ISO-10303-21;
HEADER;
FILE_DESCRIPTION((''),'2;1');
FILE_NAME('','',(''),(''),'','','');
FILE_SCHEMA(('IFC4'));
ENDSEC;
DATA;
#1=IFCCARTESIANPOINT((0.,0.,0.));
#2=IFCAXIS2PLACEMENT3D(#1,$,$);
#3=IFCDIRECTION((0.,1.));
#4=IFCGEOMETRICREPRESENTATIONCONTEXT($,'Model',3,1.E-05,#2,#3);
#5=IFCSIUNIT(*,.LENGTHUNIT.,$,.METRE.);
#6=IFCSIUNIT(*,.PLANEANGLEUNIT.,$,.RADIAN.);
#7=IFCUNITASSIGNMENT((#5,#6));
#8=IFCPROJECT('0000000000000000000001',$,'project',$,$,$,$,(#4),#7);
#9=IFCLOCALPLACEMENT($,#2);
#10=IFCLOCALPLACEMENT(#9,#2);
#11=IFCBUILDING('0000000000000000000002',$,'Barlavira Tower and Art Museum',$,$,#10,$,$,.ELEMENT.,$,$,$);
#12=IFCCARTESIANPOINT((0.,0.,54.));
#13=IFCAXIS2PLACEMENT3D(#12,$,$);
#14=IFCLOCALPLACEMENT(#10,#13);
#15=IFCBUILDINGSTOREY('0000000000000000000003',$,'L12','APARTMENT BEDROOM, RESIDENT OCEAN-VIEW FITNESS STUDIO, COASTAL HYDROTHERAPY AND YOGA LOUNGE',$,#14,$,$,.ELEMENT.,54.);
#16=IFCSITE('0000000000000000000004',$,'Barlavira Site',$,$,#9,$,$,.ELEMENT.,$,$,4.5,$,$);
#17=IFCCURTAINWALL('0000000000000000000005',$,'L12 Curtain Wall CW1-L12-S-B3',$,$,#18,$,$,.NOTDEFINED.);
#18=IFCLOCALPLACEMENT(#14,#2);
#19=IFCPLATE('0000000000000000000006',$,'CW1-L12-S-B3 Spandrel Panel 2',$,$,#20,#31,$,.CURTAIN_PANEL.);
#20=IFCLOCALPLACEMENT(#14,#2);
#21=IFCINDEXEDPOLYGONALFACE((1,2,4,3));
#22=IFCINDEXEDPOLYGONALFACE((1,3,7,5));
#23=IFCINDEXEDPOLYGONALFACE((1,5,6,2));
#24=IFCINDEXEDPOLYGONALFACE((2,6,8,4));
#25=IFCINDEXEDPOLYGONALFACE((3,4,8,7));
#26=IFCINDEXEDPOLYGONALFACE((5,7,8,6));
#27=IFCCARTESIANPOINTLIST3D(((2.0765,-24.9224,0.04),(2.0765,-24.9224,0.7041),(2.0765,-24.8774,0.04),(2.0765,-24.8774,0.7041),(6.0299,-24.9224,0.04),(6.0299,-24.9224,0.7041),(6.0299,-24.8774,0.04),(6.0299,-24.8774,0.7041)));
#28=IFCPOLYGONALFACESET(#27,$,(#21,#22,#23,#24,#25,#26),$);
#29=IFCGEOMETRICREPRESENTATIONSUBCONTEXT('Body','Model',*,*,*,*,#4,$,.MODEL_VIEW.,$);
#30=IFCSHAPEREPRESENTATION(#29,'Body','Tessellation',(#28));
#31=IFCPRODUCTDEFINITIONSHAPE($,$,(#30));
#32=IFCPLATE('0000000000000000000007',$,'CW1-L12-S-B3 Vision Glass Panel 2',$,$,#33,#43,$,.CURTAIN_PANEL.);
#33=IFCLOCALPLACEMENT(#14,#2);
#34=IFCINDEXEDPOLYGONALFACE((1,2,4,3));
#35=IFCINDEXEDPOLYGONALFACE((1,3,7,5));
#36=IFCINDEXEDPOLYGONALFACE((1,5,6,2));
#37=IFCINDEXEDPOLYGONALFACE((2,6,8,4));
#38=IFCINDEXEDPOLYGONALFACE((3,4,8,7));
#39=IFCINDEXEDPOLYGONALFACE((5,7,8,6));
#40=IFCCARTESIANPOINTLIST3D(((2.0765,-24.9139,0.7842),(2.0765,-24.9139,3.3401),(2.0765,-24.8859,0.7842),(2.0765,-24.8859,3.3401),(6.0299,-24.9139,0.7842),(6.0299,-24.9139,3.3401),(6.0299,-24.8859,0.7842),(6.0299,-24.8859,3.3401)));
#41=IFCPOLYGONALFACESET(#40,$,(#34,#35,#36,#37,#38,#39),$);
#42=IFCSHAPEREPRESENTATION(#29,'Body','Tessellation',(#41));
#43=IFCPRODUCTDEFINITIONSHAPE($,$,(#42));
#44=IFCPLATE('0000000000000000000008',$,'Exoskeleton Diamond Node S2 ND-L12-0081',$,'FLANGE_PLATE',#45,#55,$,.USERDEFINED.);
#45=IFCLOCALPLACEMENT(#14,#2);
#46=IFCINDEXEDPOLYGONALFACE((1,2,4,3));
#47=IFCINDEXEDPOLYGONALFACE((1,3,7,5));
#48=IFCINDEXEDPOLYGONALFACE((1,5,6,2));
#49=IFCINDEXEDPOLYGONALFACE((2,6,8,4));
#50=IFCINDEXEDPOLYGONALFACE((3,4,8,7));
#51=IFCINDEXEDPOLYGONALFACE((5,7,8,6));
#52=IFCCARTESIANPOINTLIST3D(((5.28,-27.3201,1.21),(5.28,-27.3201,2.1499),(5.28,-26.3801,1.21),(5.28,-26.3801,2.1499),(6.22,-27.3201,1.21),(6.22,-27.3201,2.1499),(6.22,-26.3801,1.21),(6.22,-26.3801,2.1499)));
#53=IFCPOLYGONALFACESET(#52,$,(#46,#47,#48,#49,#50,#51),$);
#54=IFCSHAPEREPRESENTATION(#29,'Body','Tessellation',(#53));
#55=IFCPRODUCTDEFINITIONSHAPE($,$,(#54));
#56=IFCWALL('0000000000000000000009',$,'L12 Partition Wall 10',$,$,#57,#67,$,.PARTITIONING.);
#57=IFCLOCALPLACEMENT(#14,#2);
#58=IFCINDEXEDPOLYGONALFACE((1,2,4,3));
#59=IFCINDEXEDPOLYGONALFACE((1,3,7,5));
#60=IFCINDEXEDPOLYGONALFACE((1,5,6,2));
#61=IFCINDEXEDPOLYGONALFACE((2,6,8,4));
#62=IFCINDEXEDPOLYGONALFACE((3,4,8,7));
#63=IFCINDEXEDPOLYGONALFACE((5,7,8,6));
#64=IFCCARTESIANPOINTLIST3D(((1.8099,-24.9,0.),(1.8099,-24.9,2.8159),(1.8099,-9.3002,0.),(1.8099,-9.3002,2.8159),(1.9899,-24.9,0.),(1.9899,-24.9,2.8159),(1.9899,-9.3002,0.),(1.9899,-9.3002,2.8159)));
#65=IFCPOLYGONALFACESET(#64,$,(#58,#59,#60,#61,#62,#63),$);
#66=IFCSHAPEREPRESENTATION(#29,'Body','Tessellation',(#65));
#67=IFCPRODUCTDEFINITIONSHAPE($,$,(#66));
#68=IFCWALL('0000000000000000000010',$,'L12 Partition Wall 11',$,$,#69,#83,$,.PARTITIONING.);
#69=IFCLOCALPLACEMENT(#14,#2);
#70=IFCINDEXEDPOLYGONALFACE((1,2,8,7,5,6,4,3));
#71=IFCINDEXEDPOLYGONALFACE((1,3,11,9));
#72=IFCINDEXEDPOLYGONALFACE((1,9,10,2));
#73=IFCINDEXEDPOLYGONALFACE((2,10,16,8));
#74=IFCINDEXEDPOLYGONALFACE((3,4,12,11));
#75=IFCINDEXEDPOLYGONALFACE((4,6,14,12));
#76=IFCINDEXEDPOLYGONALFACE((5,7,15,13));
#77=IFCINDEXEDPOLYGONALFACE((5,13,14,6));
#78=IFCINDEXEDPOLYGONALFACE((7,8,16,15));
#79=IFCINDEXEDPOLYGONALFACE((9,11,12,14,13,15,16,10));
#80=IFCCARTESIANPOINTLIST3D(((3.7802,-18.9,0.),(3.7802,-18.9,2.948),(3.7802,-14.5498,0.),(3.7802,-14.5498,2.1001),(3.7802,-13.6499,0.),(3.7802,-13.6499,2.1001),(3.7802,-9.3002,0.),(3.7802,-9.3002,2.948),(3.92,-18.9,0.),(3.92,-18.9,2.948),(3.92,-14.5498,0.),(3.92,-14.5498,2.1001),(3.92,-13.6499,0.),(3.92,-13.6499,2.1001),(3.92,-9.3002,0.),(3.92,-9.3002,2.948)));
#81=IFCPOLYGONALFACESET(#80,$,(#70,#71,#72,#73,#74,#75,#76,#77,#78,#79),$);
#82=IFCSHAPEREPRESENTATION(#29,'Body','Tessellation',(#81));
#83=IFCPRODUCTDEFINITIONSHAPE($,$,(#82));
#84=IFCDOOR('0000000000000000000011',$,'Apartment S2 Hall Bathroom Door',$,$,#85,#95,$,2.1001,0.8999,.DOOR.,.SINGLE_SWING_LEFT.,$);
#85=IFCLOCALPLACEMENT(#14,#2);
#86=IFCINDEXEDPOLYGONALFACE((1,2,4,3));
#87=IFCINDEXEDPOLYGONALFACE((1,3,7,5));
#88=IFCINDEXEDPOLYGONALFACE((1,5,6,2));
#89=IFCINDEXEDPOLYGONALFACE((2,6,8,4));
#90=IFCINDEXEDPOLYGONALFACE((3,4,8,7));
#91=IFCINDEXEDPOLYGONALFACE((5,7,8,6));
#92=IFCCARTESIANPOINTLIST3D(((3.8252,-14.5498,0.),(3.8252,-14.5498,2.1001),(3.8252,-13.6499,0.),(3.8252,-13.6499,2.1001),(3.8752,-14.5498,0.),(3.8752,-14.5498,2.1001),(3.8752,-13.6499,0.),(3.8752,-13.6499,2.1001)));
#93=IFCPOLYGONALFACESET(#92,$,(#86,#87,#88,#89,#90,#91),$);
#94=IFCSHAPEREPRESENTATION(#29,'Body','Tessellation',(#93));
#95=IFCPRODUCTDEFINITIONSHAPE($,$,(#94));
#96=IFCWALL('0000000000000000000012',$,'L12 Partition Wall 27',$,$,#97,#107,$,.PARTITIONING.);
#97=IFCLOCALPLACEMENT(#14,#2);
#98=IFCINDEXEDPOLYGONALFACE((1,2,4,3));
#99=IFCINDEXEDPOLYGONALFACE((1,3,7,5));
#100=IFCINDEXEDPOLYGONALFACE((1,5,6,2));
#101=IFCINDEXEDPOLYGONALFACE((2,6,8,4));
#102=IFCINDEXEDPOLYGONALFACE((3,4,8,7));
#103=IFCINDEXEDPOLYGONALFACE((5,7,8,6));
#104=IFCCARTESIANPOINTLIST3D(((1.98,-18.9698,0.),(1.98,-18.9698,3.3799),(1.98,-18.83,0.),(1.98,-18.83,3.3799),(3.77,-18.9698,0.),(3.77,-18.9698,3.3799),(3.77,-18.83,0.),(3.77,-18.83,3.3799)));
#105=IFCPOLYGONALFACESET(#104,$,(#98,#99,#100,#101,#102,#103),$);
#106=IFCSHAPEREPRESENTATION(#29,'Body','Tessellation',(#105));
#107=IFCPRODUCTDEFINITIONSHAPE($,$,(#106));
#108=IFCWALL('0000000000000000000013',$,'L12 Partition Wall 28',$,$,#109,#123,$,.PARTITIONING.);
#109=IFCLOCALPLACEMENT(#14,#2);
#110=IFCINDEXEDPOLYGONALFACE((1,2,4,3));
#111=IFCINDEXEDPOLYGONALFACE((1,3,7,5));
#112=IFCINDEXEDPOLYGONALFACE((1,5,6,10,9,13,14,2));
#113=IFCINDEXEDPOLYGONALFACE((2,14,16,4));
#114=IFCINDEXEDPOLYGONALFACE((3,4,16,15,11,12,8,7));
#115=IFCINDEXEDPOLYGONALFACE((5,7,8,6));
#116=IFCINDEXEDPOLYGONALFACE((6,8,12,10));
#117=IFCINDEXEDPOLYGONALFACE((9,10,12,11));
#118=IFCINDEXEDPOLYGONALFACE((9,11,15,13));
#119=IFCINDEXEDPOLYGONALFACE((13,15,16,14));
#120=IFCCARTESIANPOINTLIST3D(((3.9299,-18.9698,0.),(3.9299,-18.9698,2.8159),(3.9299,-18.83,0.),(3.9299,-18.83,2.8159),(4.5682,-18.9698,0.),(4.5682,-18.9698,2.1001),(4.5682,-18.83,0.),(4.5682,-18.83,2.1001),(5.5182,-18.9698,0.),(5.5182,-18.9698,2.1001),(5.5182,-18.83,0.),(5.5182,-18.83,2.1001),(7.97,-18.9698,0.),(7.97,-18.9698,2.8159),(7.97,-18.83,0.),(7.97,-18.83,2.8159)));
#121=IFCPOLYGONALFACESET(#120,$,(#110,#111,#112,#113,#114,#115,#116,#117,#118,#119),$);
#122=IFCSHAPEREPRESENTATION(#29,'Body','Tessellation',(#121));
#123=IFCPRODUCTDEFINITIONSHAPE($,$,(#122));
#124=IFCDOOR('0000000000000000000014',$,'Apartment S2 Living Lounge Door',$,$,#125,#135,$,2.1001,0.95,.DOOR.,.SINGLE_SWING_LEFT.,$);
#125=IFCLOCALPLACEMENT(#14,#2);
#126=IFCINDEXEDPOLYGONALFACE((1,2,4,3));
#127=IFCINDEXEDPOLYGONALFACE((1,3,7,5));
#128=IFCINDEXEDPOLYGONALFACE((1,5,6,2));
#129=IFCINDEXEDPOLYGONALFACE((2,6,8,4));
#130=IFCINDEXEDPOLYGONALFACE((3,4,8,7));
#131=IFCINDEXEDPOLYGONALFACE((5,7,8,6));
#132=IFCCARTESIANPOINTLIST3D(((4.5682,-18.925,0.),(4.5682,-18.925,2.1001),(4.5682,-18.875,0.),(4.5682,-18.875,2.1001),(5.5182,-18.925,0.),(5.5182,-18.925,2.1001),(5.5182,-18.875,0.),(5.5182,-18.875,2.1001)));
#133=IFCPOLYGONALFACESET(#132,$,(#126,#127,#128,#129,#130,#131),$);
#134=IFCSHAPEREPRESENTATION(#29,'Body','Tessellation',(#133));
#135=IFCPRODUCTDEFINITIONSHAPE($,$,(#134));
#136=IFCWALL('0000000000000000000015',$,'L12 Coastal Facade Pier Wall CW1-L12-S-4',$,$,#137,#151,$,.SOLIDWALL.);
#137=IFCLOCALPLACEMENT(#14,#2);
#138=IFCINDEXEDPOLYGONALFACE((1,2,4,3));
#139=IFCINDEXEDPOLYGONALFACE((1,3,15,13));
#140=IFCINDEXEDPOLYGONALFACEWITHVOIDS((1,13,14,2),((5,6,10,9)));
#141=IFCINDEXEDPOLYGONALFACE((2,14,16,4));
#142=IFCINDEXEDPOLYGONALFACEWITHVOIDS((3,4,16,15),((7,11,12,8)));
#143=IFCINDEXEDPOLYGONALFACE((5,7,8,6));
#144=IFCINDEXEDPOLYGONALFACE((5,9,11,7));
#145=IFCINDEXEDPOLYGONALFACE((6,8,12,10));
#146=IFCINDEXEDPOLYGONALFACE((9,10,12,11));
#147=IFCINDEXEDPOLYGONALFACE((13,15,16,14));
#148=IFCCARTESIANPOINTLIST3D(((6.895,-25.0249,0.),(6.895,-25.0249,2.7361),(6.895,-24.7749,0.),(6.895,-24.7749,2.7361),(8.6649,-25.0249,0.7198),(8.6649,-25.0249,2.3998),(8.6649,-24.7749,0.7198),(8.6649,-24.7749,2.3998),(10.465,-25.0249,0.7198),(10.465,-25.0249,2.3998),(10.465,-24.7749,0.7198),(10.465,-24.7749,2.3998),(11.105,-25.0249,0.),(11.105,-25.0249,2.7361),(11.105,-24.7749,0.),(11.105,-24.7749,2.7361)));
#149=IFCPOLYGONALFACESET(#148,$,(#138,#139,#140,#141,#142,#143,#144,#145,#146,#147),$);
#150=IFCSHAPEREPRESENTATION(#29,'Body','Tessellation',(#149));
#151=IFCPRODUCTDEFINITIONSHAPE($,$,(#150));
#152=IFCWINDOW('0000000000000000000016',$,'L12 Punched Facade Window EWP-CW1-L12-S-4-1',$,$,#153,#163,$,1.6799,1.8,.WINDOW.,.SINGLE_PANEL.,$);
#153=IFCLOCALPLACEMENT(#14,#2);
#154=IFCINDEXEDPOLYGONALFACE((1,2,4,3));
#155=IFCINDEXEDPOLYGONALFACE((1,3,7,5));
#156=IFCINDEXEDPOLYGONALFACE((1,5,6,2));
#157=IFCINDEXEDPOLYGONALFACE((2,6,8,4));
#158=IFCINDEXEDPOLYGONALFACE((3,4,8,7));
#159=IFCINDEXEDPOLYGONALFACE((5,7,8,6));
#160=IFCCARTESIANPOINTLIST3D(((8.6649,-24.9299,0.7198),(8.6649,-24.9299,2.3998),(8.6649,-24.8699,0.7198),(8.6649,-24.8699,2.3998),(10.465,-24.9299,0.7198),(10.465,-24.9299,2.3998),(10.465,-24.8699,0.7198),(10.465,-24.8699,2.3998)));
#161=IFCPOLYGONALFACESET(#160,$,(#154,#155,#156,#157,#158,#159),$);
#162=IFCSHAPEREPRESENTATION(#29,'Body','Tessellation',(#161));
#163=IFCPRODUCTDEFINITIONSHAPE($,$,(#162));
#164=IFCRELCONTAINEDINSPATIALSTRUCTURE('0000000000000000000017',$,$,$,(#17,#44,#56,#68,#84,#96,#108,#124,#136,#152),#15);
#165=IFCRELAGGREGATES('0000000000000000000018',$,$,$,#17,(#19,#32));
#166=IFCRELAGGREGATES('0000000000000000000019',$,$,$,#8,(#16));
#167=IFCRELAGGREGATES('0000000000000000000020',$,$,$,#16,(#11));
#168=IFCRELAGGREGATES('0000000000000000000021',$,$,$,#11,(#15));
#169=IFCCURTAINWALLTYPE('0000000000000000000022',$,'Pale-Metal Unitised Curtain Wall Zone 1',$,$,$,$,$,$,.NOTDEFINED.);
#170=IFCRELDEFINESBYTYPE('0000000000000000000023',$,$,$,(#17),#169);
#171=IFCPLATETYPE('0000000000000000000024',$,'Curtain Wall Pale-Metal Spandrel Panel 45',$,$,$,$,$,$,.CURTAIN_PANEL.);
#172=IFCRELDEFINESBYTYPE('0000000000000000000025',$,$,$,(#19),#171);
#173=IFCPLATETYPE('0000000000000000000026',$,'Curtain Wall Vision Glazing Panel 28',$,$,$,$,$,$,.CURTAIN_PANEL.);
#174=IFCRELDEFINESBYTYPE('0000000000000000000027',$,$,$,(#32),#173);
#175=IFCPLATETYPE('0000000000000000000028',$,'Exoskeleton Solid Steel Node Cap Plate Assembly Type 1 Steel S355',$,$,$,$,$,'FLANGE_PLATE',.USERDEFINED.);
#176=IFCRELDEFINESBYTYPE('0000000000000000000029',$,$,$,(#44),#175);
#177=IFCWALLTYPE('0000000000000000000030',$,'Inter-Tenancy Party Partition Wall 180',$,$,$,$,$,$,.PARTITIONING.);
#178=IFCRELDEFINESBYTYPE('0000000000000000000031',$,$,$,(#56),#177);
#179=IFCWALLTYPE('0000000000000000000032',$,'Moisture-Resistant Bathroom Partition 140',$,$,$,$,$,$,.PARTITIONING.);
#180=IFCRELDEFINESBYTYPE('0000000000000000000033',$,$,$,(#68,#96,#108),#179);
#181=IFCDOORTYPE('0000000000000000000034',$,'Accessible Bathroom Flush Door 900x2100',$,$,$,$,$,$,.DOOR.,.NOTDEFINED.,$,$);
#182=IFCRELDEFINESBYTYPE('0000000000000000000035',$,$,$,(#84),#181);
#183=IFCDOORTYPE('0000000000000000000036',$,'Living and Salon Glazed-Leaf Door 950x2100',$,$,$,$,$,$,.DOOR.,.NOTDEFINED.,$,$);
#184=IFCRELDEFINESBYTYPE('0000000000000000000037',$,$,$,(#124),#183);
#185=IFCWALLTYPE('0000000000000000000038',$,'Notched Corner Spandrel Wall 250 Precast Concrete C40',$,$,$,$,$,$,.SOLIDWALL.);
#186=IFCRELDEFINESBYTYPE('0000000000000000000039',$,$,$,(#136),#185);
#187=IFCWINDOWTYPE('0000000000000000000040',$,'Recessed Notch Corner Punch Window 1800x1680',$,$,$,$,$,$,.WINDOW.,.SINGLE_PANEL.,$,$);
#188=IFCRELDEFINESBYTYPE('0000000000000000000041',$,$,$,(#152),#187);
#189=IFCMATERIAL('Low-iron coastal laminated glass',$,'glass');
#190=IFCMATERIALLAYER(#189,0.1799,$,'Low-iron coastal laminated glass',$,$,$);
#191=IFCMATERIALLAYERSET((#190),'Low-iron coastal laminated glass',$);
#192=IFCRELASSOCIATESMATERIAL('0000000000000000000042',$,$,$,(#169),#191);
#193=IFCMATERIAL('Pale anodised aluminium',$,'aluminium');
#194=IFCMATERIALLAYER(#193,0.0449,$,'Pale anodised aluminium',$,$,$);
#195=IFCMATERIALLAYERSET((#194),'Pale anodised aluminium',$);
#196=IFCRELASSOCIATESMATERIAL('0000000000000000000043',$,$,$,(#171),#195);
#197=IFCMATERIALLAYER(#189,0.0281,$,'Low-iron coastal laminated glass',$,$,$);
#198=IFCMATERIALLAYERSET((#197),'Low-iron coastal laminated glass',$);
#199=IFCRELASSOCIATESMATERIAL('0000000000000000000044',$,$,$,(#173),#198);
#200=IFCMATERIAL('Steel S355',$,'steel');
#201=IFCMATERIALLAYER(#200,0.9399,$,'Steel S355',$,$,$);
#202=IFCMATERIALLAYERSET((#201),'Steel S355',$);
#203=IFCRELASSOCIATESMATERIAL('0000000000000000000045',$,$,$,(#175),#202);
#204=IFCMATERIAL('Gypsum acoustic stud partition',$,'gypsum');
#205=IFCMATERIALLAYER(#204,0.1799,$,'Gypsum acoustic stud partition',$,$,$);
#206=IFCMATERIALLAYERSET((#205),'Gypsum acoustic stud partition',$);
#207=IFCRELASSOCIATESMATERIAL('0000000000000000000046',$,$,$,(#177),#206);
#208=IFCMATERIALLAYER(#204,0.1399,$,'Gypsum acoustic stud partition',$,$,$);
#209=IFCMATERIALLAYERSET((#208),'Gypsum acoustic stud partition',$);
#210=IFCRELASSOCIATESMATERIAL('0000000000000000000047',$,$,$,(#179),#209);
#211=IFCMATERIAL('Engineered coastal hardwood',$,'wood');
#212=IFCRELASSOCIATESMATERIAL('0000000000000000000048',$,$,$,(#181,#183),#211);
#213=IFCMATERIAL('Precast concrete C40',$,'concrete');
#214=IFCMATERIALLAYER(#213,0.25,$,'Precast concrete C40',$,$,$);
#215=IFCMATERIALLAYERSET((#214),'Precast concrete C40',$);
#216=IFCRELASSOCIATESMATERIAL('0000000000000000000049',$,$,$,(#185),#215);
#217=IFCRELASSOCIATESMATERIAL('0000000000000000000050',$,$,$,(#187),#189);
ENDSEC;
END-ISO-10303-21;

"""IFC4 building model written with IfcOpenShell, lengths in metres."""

from ifc_helpers import new_model, si_unit, direction, frame, frame_2d, origin, origin_2d, place, context, subcontext, project, spatial, rectangle, extrude, material, layer, layer_set, type_object, element, fill, aggregate, save


model = new_model("IFC4")

# Units and contexts
model_context = context("Model", 3, precision=1e-05, world=origin(), true_north=direction((0.0, 1.0)))
body_context = subcontext(model_context, "Body", "Model", "MODEL_VIEW")
ifc_project = project(units=[si_unit("LENGTHUNIT", "METRE"), si_unit("PLANEANGLEUNIT", "RADIAN")], contexts=[model_context])

# Site, building, storey
site_placement = place(None, origin())
site = spatial("IfcSite", under=ifc_project, at=site_placement, Name="Barlavira Site", CompositionType="ELEMENT", RefElevation=4.5)
building_placement = place(site_placement, origin())
building = spatial("IfcBuilding", under=site, at=building_placement, Name="Barlavira Tower and Art Museum", CompositionType="ELEMENT")
storey_placement = place(building_placement, frame((0.0, 0.0, 54.0)))
storey = spatial("IfcBuildingStorey", under=building, at=storey_placement, Name="L12", Description="APARTMENT BEDROOM, RESIDENT OCEAN-VIEW FITNESS STUDIO, COASTAL HYDROTHERAPY AND YOGA LOUNGE", CompositionType="ELEMENT", Elevation=54.0)

# Curtain wall
ifc_material_1 = material(Name="Low-iron coastal laminated glass", Category="glass")
ifc_layer_1 = layer(ifc_material_1, 0.1799, Name="Low-iron coastal laminated glass")
ifc_layer_set_1 = layer_set([ifc_layer_1], Name="Low-iron coastal laminated glass")
curtain_wall_type = type_object("IfcCurtainWallType", Name="Pale-Metal Unitised Curtain Wall Zone 1", PredefinedType="NOTDEFINED", material=ifc_layer_set_1)
curtain_wall_placement = place(storey_placement, origin())
curtain_wall = element("IfcCurtainWall", 1, at=curtain_wall_placement, inside=storey, type_object=curtain_wall_type, Name="L12 Curtain Wall CW1-L12-S-B3", PredefinedType="NOTDEFINED")
ifc_material_2 = material(Name="Pale anodised aluminium", Category="aluminium")

# Shared definitions
ifc_material_3 = material(Name="Steel S355", Category="steel")

# Plates
ifc_layer_2 = layer(ifc_material_2, 0.0449, Name="Pale anodised aluminium")
ifc_layer_set_2 = layer_set([ifc_layer_2], Name="Pale anodised aluminium")
plate_type_1 = type_object("IfcPlateType", Name="Curtain Wall Pale-Metal Spandrel Panel 45", PredefinedType="CURTAIN_PANEL", material=ifc_layer_set_2)
plate_1_placement = place(storey_placement, frame((4.0532, -24.8999, 0.04), z_axis=(0.0, 0.0, 1.0), x_axis=(1.0, 0.0, 0.0)))
plate_1 = element("IfcPlate", 2, at=plate_1_placement, type_object=plate_type_1, Name="CW1-L12-S-B3 Spandrel Panel 2", PredefinedType="CURTAIN_PANEL", context=body_context, shape_type="SweptSolid", body=[
    extrude(rectangle(XDim=3.9534, YDim=0.0449, at=origin_2d()), origin(), (0.0, 0.0, 1.0), 0.6641),
])
ifc_layer_3 = layer(ifc_material_1, 0.0281, Name="Low-iron coastal laminated glass")
ifc_layer_set_3 = layer_set([ifc_layer_3], Name="Low-iron coastal laminated glass")
plate_type_2 = type_object("IfcPlateType", Name="Curtain Wall Vision Glazing Panel 28", PredefinedType="CURTAIN_PANEL", material=ifc_layer_set_3)
plate_2_placement = place(storey_placement, frame((4.0532, -24.8999, 0.7842), z_axis=(0.0, 0.0, 1.0), x_axis=(1.0, 0.0, 0.0)))
plate_2 = element("IfcPlate", 3, at=plate_2_placement, type_object=plate_type_2, Name="CW1-L12-S-B3 Vision Glass Panel 2", PredefinedType="CURTAIN_PANEL", context=body_context, shape_type="SweptSolid", body=[
    extrude(rectangle(XDim=3.9534, YDim=0.0281, at=origin_2d()), origin(), (0.0, 0.0, 1.0), 2.5559),
])
aggregate(curtain_wall, [plate_1, plate_2])
ifc_layer_4 = layer(ifc_material_3, 0.9399, Name="Steel S355")
ifc_layer_set_4 = layer_set([ifc_layer_4], Name="Steel S355")
plate_type_3 = type_object("IfcPlateType", Name="Exoskeleton Solid Steel Node Cap Plate Assembly Type 1 Steel S355", ElementType="FLANGE_PLATE", PredefinedType="USERDEFINED", material=ifc_layer_set_4)
plate_3_placement = place(storey_placement, frame((5.75, -26.8501, 1.21), z_axis=(0.0, 0.0, 1.0), x_axis=(1.0, 0.0, 0.0)))
element("IfcPlate", 4, at=plate_3_placement, inside=storey, type_object=plate_type_3, Name="Exoskeleton Diamond Node S2 ND-L12-0081", ObjectType="FLANGE_PLATE", PredefinedType="USERDEFINED", context=body_context, shape_type="SweptSolid", body=[
    extrude(rectangle(XDim=0.9399, YDim=0.9399, at=origin_2d()), origin(), (0.0, 0.0, 1.0), 0.9399),
])

# Wall
ifc_material_4 = material(Name="Gypsum acoustic stud partition", Category="gypsum")
ifc_layer_5 = layer(ifc_material_4, 0.1799, Name="Gypsum acoustic stud partition")
ifc_layer_set_5 = layer_set([ifc_layer_5], Name="Gypsum acoustic stud partition")
wall_type_1 = type_object("IfcWallType", Name="Inter-Tenancy Party Partition Wall 180", PredefinedType="PARTITIONING", material=ifc_layer_set_5)
wall_1_placement = place(storey_placement, frame((1.8999, -24.8999, 0.0), z_axis=(0.0, 0.0, 1.0), x_axis=(0.0, 1.0, 0.0)))
element("IfcWall", 5, at=wall_1_placement, inside=storey, type_object=wall_type_1, Name="L12 Partition Wall 10", PredefinedType="PARTITIONING", context=body_context, shape_type="SweptSolid", body=[
    extrude(rectangle(XDim=15.5999, YDim=0.1799, at=frame_2d((7.7998, 0.0))), origin(), (0.0, 0.0, 1.0), 2.8159),
])

# Wall, opening, door
ifc_layer_6 = layer(ifc_material_4, 0.1399, Name="Gypsum acoustic stud partition")
ifc_layer_set_6 = layer_set([ifc_layer_6], Name="Gypsum acoustic stud partition")
wall_type_2 = type_object("IfcWallType", Name="Moisture-Resistant Bathroom Partition 140", PredefinedType="PARTITIONING", material=ifc_layer_set_6)
wall_2_placement = place(storey_placement, frame((3.8501, -18.8999, 0.0), z_axis=(0.0, 0.0, 1.0), x_axis=(0.0, 1.0, 0.0)))
wall_2 = element("IfcWall", 6, at=wall_2_placement, inside=storey, type_object=wall_type_2, Name="L12 Partition Wall 11", PredefinedType="PARTITIONING", context=body_context, shape_type="SweptSolid", body=[
    extrude(rectangle(XDim=9.5999, YDim=0.1399, at=frame_2d((4.7998, 0.0))), origin(), (0.0, 0.0, 1.0), 2.948),
])
opening_1_placement = place(wall_2_placement, frame((4.3501, 0.0, 0.0)))
opening_1 = element("IfcOpeningElement", 7, at=opening_1_placement, cuts=wall_2, PredefinedType="OPENING", context=body_context, shape_type="SweptSolid", body=[
    extrude(rectangle(XDim=0.8999, YDim=2.1001, at=frame_2d((0.45, 1.05))), frame((0.0, 0.0801, 0.0), z_axis=(0.0, -1.0, 0.0), x_axis=(1.0, 0.0, 0.0)), (0.0, 0.0, 1.0), 0.1599),
])
ifc_material_5 = material(Name="Engineered coastal hardwood", Category="wood")
door_type_1 = type_object("IfcDoorType", Name="Accessible Bathroom Flush Door 900x2100", OperationType="NOTDEFINED", PredefinedType="DOOR", material=ifc_material_5)
door_1_placement = place(opening_1_placement, origin())
door_1 = element("IfcDoor", 8, at=door_1_placement, inside=storey, type_object=door_type_1, Name="Apartment S2 Hall Bathroom Door", OperationType="SINGLE_SWING_LEFT", OverallHeight=2.1001, OverallWidth=0.8999, PredefinedType="DOOR", context=body_context, shape_type="SweptSolid", body=[
    extrude(rectangle(XDim=0.8999, YDim=2.1001, at=frame_2d((0.45, 1.05))), frame((0.0, 0.0249, 0.0), z_axis=(0.0, -1.0, 0.0), x_axis=(1.0, 0.0, 0.0)), (0.0, 0.0, 1.0), 0.05),
])
fill(opening_1, door_1)

# Wall
wall_3_placement = place(storey_placement, frame((1.98, -18.8999, 0.0), z_axis=(0.0, 0.0, 1.0), x_axis=(1.0, 0.0, 0.0)))
element("IfcWall", 9, at=wall_3_placement, inside=storey, type_object=wall_type_2, Name="L12 Partition Wall 27", PredefinedType="PARTITIONING", context=body_context, shape_type="SweptSolid", body=[
    extrude(rectangle(XDim=1.79, YDim=0.1399, at=frame_2d((0.895, 0.0))), origin(), (0.0, 0.0, 1.0), 3.3799),
])

# Wall, opening, door
wall_4_placement = place(storey_placement, frame((3.9299, -18.8999, 0.0), z_axis=(0.0, 0.0, 1.0), x_axis=(1.0, 0.0, 0.0)))
wall_4 = element("IfcWall", 10, at=wall_4_placement, inside=storey, type_object=wall_type_2, Name="L12 Partition Wall 28", PredefinedType="PARTITIONING", context=body_context, shape_type="SweptSolid", body=[
    extrude(rectangle(XDim=4.04, YDim=0.1399, at=frame_2d((2.02, 0.0))), origin(), (0.0, 0.0, 1.0), 2.8159),
])
opening_2_placement = place(wall_4_placement, frame((0.6382, 0.0, 0.0)))
opening_2 = element("IfcOpeningElement", 11, at=opening_2_placement, cuts=wall_4, PredefinedType="OPENING", context=body_context, shape_type="SweptSolid", body=[
    extrude(rectangle(XDim=0.95, YDim=2.1001, at=frame_2d((0.4751, 1.05))), frame((0.0, 0.0801, 0.0), z_axis=(0.0, -1.0, 0.0), x_axis=(1.0, 0.0, 0.0)), (0.0, 0.0, 1.0), 0.1599),
])
door_type_2 = type_object("IfcDoorType", Name="Living and Salon Glazed-Leaf Door 950x2100", OperationType="NOTDEFINED", PredefinedType="DOOR", material=ifc_material_5)
door_2_placement = place(opening_2_placement, origin())
door_2 = element("IfcDoor", 12, at=door_2_placement, inside=storey, type_object=door_type_2, Name="Apartment S2 Living Lounge Door", OperationType="SINGLE_SWING_LEFT", OverallHeight=2.1001, OverallWidth=0.95, PredefinedType="DOOR", context=body_context, shape_type="SweptSolid", body=[
    extrude(rectangle(XDim=0.95, YDim=2.1001, at=frame_2d((0.4751, 1.05))), frame((0.0, 0.0249, 0.0), z_axis=(0.0, -1.0, 0.0), x_axis=(1.0, 0.0, 0.0)), (0.0, 0.0, 1.0), 0.05),
])
fill(opening_2, door_2)

# Wall, opening, window
ifc_material_6 = material(Name="Precast concrete C40", Category="concrete")
ifc_layer_7 = layer(ifc_material_6, 0.25, Name="Precast concrete C40")
ifc_layer_set_7 = layer_set([ifc_layer_7], Name="Precast concrete C40")
wall_type_3 = type_object("IfcWallType", Name="Notched Corner Spandrel Wall 250 Precast Concrete C40", PredefinedType="SOLIDWALL", material=ifc_layer_set_7)
wall_5_placement = place(storey_placement, frame((6.895, -24.8999, 0.0), z_axis=(0.0, 0.0, 1.0), x_axis=(1.0, 0.0, 0.0)))
wall_5 = element("IfcWall", 13, at=wall_5_placement, inside=storey, type_object=wall_type_3, Name="L12 Coastal Facade Pier Wall CW1-L12-S-4", PredefinedType="SOLIDWALL", context=body_context, shape_type="SweptSolid", body=[
    extrude(rectangle(XDim=4.21, YDim=0.25, at=frame_2d((2.105, 0.0))), origin(), (0.0, 0.0, 1.0), 2.7361),
])
opening_3_placement = place(wall_5_placement, frame((1.77, 0.0, 0.72)))
opening_3 = element("IfcOpeningElement", 14, at=opening_3_placement, cuts=wall_5, PredefinedType="OPENING", context=body_context, shape_type="SweptSolid", body=[
    extrude(rectangle(XDim=1.8, YDim=1.6799, at=frame_2d((0.8999, 0.8398))), frame((0.0, 0.135, 0.0), z_axis=(0.0, -1.0, 0.0), x_axis=(1.0, 0.0, 0.0)), (0.0, 0.0, 1.0), 0.27),
])
window_type = type_object("IfcWindowType", Name="Recessed Notch Corner Punch Window 1800x1680", PartitioningType="SINGLE_PANEL", PredefinedType="WINDOW", material=ifc_material_1)
window_placement = place(opening_3_placement, origin())
window = element("IfcWindow", 15, at=window_placement, inside=storey, type_object=window_type, Name="L12 Punched Facade Window EWP-CW1-L12-S-4-1", OverallHeight=1.6799, OverallWidth=1.8, PartitioningType="SINGLE_PANEL", PredefinedType="WINDOW", context=body_context, shape_type="SweptSolid", body=[
    extrude(rectangle(XDim=1.8, YDim=1.6799, at=frame_2d((0.8999, 0.8398))), frame((0.0, 0.03, 0.0), z_axis=(0.0, -1.0, 0.0), x_axis=(1.0, 0.0, 0.0)), (0.0, 0.0, 1.0), 0.0601),
])
fill(opening_3, window)

save(model, "model.ifc")
